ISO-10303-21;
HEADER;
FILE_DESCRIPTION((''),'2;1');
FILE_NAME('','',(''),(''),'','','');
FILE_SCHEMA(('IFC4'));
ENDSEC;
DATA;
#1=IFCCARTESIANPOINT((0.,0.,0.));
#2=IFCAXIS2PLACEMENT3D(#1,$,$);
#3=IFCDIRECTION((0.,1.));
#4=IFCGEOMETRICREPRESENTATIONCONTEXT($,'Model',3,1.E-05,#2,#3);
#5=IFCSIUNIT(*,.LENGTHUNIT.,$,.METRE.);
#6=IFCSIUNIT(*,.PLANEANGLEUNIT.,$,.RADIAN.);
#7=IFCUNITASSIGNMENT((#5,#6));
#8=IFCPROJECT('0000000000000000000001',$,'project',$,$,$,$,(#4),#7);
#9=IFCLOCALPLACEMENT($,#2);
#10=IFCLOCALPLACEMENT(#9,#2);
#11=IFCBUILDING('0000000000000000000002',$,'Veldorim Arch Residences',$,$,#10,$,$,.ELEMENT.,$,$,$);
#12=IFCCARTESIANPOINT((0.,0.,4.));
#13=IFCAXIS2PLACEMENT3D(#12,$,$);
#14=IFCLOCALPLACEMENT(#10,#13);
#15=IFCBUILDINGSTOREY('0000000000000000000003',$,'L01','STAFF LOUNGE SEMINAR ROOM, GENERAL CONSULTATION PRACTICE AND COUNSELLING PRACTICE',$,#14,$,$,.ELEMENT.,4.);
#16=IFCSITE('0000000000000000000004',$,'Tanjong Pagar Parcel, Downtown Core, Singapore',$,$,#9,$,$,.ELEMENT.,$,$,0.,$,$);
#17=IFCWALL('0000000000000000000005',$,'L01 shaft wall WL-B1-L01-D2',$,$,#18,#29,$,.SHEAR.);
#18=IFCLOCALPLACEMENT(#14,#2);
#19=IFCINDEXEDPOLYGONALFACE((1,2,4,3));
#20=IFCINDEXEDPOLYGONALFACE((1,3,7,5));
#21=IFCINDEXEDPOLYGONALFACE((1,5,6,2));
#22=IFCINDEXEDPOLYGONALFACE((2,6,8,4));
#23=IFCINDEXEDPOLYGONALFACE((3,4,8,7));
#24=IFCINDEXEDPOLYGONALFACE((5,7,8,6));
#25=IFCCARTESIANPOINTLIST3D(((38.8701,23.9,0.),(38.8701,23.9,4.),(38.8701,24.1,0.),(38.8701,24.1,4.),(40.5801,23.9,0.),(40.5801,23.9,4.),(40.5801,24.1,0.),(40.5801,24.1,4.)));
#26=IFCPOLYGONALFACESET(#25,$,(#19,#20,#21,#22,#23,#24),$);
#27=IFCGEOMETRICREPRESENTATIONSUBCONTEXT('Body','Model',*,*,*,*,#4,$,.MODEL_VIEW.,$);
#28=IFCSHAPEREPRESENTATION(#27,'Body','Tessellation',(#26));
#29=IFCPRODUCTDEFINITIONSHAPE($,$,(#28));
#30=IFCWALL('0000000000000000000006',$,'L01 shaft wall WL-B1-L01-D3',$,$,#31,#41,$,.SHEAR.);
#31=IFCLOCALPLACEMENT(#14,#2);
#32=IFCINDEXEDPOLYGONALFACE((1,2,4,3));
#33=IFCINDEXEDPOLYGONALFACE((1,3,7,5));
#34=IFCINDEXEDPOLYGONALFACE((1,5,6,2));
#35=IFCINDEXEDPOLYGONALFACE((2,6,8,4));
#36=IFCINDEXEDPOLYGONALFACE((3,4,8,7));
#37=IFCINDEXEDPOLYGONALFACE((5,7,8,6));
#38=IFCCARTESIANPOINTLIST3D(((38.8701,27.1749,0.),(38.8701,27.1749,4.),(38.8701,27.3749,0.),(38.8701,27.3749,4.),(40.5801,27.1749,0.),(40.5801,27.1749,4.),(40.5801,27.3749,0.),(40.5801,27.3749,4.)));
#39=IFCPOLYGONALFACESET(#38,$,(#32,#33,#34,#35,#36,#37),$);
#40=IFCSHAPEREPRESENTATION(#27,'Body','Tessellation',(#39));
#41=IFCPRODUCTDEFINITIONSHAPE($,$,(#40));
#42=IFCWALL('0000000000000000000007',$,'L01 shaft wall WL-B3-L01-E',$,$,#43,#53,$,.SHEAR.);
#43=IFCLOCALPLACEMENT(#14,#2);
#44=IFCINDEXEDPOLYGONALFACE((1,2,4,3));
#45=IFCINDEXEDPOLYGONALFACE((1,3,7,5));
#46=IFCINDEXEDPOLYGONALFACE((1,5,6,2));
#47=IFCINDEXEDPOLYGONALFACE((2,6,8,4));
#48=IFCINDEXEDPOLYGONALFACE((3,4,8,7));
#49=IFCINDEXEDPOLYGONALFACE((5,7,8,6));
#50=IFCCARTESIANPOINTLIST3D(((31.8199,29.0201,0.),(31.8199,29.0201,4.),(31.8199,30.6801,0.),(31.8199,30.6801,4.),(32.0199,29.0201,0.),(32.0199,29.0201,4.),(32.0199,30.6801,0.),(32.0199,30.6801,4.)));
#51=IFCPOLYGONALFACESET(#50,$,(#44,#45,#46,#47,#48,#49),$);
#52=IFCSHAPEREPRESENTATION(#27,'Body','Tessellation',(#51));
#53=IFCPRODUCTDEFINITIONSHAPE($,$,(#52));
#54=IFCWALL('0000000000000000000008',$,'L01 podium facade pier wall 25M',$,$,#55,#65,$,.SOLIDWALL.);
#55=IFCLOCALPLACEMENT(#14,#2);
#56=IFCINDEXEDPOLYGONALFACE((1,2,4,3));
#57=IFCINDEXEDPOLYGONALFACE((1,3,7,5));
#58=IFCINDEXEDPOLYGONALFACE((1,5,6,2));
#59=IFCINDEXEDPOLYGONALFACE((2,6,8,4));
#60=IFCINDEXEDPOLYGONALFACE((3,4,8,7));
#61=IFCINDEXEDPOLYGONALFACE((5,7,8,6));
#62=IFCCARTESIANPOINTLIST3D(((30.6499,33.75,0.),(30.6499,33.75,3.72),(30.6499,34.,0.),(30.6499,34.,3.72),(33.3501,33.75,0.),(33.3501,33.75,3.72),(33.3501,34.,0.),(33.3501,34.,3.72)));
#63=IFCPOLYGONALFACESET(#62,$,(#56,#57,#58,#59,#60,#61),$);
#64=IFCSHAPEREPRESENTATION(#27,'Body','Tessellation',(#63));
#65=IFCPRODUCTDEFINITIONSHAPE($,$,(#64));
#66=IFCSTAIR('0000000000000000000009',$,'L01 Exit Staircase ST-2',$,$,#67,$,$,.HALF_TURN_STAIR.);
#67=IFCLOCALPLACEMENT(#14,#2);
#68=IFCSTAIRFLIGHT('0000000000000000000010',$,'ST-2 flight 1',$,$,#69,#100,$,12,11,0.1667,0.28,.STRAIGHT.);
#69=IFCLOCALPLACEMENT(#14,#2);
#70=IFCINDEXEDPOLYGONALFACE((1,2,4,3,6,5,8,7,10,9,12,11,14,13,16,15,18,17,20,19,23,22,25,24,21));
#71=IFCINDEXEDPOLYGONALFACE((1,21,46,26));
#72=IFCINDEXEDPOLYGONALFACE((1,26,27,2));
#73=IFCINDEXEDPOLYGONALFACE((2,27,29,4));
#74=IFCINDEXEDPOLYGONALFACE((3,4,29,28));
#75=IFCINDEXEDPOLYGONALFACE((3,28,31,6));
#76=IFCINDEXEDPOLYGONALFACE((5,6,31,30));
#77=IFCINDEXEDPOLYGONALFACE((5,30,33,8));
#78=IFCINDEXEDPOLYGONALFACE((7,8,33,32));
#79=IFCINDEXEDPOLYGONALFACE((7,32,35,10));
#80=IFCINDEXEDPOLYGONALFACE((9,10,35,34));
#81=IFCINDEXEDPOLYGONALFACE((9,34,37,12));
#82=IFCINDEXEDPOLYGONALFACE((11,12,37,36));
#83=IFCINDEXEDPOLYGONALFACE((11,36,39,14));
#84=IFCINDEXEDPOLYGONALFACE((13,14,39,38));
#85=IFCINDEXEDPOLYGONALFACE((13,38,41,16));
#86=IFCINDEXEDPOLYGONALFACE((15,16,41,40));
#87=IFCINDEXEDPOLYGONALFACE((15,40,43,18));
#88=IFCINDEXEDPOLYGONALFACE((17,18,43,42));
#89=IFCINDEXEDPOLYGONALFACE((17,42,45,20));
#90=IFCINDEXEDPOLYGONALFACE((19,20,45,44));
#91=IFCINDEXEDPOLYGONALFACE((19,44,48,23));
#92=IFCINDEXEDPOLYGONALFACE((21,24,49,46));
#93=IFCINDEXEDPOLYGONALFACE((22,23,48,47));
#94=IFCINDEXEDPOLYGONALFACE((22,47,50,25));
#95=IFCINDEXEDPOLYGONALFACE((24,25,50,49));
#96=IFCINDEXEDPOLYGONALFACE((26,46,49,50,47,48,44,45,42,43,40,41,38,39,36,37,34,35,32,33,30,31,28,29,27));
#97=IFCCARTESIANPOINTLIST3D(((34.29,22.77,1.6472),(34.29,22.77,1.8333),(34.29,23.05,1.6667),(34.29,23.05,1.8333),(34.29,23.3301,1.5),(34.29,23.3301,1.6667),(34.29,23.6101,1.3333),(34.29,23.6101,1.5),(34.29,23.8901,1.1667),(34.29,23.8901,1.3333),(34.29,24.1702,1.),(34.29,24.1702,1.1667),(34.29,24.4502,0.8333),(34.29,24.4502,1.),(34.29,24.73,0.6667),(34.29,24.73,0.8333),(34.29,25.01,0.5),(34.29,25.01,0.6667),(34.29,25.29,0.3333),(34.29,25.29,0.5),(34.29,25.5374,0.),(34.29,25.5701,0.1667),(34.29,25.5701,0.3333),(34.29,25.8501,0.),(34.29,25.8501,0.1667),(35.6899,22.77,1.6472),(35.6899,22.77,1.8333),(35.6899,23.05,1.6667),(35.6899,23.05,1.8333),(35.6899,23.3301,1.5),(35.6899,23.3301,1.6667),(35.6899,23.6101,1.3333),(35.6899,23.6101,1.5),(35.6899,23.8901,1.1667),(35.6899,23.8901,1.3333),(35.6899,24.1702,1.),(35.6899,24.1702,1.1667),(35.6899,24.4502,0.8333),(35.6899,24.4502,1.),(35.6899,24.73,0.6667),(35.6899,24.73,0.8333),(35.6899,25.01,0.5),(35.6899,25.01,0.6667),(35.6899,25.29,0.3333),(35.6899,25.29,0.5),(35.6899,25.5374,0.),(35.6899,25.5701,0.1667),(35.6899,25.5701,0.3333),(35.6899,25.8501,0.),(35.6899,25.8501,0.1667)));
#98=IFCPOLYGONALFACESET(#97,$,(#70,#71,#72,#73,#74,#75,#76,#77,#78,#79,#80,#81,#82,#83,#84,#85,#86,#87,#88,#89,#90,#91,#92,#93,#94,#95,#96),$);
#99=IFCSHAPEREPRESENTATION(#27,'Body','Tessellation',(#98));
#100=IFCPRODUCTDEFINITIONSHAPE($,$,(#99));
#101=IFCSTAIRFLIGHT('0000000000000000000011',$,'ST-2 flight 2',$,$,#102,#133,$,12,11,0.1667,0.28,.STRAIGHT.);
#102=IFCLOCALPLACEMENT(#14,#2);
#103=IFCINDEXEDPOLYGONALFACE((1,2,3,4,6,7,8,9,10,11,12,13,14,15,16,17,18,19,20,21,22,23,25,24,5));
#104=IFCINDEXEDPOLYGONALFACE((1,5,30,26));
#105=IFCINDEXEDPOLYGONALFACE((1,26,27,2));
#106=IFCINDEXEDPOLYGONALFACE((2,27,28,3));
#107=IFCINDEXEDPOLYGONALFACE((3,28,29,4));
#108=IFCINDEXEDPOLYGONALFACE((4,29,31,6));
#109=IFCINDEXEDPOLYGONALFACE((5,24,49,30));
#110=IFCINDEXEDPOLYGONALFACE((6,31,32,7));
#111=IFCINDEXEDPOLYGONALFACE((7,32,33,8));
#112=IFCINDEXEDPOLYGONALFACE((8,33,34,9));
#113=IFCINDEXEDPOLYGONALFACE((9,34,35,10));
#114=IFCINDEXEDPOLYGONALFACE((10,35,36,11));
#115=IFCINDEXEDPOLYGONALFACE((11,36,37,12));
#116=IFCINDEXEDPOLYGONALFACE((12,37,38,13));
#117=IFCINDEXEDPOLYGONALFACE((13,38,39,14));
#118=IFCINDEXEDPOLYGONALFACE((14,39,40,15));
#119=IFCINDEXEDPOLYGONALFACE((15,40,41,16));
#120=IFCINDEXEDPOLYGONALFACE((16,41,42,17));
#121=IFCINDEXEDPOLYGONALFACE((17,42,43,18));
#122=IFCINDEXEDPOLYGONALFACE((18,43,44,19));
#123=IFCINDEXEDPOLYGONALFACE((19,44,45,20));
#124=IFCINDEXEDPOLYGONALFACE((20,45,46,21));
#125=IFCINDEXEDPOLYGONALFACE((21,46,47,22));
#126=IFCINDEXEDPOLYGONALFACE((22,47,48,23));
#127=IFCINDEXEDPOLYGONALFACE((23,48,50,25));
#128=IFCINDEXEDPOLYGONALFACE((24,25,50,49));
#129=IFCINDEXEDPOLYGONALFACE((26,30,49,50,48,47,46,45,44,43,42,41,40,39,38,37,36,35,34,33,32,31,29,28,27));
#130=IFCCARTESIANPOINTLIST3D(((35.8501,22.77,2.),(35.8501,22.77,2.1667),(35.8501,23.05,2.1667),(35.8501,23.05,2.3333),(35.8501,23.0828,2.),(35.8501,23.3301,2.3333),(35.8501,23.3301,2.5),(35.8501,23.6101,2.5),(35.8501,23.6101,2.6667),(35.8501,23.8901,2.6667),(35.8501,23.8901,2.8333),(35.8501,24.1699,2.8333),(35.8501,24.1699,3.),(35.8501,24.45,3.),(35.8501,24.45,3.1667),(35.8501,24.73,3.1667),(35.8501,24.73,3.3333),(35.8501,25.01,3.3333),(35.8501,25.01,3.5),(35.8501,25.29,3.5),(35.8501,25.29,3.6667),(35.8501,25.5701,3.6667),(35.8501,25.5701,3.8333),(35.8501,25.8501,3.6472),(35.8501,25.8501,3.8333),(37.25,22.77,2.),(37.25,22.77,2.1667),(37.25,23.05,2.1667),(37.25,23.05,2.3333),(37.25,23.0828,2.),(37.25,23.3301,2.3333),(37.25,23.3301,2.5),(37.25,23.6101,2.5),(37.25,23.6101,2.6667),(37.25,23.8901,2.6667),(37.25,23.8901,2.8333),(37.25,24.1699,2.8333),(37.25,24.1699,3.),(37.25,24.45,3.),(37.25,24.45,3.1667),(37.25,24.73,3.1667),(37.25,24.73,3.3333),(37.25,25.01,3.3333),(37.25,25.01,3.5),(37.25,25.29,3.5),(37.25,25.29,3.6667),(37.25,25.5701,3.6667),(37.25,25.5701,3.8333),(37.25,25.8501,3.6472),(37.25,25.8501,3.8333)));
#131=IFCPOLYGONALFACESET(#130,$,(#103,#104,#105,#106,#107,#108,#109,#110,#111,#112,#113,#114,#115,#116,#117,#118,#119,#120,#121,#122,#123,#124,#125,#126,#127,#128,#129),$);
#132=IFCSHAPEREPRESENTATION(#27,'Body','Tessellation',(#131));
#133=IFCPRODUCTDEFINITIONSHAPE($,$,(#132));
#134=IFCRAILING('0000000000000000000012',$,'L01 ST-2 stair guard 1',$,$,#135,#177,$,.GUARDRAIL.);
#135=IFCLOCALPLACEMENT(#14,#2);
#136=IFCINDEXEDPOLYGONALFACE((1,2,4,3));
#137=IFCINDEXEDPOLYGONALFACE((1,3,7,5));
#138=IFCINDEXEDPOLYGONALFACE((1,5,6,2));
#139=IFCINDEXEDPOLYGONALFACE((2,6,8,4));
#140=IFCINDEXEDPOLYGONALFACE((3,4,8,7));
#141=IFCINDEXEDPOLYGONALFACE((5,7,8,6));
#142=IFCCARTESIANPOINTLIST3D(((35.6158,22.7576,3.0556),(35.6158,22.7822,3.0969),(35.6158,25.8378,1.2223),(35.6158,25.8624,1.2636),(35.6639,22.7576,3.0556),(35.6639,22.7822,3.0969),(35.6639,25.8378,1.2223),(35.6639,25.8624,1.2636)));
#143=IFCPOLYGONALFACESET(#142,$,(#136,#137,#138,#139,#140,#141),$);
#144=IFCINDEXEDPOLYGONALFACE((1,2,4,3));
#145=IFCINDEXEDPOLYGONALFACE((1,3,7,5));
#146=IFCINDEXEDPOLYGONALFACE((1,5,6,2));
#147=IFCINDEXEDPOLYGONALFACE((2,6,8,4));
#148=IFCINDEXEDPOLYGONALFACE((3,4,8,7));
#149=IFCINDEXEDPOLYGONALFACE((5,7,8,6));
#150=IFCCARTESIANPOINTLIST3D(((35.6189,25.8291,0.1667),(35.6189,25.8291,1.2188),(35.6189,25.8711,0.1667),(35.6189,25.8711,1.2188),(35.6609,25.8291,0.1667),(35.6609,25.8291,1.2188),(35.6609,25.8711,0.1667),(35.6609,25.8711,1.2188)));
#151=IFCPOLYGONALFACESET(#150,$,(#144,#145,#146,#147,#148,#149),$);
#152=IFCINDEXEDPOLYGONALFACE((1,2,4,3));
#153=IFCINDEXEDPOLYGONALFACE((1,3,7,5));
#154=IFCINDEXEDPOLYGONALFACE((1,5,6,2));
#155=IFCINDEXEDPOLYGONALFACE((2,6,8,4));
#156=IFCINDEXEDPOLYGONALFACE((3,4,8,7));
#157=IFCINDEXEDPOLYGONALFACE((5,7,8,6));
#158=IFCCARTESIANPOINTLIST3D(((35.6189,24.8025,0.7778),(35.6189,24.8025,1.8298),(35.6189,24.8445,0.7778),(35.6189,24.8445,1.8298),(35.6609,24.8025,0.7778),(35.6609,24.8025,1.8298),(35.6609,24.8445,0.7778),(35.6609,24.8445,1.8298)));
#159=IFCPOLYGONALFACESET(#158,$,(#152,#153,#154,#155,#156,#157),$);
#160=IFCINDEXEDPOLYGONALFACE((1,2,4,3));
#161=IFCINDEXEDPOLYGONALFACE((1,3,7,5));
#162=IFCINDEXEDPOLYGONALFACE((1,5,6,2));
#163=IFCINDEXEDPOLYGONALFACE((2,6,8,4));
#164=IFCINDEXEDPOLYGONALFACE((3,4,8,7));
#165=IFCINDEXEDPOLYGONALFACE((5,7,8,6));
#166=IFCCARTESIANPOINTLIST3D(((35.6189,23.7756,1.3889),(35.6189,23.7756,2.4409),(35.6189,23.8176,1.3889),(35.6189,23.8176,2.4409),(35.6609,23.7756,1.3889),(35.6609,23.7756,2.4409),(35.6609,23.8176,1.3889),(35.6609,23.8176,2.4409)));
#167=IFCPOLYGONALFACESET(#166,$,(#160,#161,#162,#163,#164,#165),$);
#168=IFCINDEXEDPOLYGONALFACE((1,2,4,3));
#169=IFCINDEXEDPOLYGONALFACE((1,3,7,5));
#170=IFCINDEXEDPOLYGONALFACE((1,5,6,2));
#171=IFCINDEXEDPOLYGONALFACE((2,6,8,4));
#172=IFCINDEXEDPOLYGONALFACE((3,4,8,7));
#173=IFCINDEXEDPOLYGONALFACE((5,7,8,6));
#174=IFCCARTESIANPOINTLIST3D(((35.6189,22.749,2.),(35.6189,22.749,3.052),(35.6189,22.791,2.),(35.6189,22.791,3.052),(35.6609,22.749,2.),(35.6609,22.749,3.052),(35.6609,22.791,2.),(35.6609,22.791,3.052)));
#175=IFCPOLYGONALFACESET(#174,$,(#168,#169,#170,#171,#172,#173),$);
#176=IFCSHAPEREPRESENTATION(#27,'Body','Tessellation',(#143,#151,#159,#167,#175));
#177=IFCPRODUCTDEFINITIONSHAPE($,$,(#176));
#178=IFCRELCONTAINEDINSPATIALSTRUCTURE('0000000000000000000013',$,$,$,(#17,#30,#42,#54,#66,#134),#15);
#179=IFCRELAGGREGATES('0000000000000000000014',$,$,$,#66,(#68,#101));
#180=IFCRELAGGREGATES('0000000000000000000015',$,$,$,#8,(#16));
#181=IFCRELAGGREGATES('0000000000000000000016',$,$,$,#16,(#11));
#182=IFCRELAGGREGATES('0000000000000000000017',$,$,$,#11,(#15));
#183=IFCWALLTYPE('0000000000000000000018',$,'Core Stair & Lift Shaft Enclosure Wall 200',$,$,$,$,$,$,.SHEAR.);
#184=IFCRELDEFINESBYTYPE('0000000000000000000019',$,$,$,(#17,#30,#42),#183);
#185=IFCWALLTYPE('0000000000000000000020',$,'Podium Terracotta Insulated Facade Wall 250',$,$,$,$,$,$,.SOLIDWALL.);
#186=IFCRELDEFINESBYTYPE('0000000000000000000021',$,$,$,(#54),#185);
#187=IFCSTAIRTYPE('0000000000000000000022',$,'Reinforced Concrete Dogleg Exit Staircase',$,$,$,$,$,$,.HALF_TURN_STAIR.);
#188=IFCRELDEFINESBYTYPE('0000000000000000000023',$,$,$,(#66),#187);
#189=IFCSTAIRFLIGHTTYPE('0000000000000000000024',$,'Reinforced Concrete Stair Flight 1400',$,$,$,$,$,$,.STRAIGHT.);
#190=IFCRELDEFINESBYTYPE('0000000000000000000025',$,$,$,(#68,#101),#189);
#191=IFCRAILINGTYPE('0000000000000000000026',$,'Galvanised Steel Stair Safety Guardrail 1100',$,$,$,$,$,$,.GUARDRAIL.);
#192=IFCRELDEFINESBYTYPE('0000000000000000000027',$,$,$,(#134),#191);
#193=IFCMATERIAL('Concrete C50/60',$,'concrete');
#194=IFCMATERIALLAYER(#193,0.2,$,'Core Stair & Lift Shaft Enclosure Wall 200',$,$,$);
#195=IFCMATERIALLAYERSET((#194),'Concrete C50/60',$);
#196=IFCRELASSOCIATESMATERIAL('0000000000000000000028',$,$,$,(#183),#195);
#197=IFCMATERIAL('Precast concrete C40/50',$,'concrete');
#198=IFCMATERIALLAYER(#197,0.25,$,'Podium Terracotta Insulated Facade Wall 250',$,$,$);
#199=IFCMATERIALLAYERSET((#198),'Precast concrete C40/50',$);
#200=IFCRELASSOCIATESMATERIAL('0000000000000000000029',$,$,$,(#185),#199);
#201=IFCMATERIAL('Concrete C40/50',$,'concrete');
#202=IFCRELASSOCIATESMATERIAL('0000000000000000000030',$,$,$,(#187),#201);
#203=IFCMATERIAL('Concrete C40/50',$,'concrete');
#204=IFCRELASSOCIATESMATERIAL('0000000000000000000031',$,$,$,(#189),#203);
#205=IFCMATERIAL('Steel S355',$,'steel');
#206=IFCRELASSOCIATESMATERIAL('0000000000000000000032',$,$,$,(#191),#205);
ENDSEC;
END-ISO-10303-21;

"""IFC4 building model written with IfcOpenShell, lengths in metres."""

from ifc_helpers import new_model, si_unit, direction, frame, frame_2d, origin, origin_2d, place, context, subcontext, project, spatial, polyline, rectangle, outline, extrude, material, layer, layer_set, type_object, element, aggregate, save


model = new_model("IFC4")

# Units and contexts
model_context = context("Model", 3, precision=1e-05, world=origin(), true_north=direction((0.0, 1.0)))
body_context = subcontext(model_context, "Body", "Model", "MODEL_VIEW")
ifc_project = project(units=[si_unit("LENGTHUNIT", "METRE"), si_unit("PLANEANGLEUNIT", "RADIAN")], contexts=[model_context])

# Site, building, storey
site_placement = place(None, origin())
site = spatial("IfcSite", under=ifc_project, at=site_placement, Name="Tanjong Pagar Parcel, Downtown Core, Singapore", CompositionType="ELEMENT", RefElevation=0.0)
building_placement = place(site_placement, origin())
building = spatial("IfcBuilding", under=site, at=building_placement, Name="Veldorim Arch Residences", CompositionType="ELEMENT")
storey_placement = place(building_placement, frame((0.0, 0.0, 4.0)))
storey = spatial("IfcBuildingStorey", under=building, at=storey_placement, Name="L01", Description="STAFF LOUNGE SEMINAR ROOM, GENERAL CONSULTATION PRACTICE AND COUNSELLING PRACTICE", CompositionType="ELEMENT", Elevation=4.0)

# Shared definitions
ifc_material_1 = material(Name="Concrete C50/60", Category="concrete")
ifc_layer_1 = layer(ifc_material_1, 0.2, Name="Core Stair & Lift Shaft Enclosure Wall 200")
ifc_layer_set_1 = layer_set([ifc_layer_1], Name="Concrete C50/60")
wall_type_1 = type_object("IfcWallType", Name="Core Stair & Lift Shaft Enclosure Wall 200", PredefinedType="SHEAR", material=ifc_layer_set_1)

# Walls
for number, where, z_axis, x_axis, name in (
    (1, (38.8701, 24.0, 0.0), (0.0, 0.0, 1.0), (1.0, 0.0, 0.0), "L01 shaft wall WL-B1-L01-D2"),
    (2, (38.8701, 27.2749, 0.0), (0.0, 0.0, 1.0), (1.0, 0.0, 0.0), "L01 shaft wall WL-B1-L01-D3"),
):
    element("IfcWall", number, at=place(storey_placement, frame(where, z_axis=z_axis, x_axis=x_axis)), inside=storey, type_object=wall_type_1, Name=name, PredefinedType="SHEAR", context=body_context, shape_type="SweptSolid", body=[
        extrude(rectangle(XDim=1.71, YDim=0.2, at=frame_2d((0.855, 0.0))), origin(), (0.0, 0.0, 1.0), 4.0),
    ])
wall_1_placement = place(storey_placement, frame((31.9199, 29.02, 0.0), z_axis=(0.0, 0.0, 1.0), x_axis=(0.0, 1.0, 0.0)))
element("IfcWall", 3, at=wall_1_placement, inside=storey, type_object=wall_type_1, Name="L01 shaft wall WL-B3-L01-E", PredefinedType="SHEAR", context=body_context, shape_type="SweptSolid", body=[
    extrude(rectangle(XDim=1.6599, YDim=0.2, at=frame_2d((0.8301, 0.0))), origin(), (0.0, 0.0, 1.0), 4.0),
])
ifc_material_2 = material(Name="Precast concrete C40/50", Category="concrete")
ifc_layer_2 = layer(ifc_material_2, 0.25, Name="Podium Terracotta Insulated Facade Wall 250")
ifc_layer_set_2 = layer_set([ifc_layer_2], Name="Precast concrete C40/50")
wall_type_2 = type_object("IfcWallType", Name="Podium Terracotta Insulated Facade Wall 250", PredefinedType="SOLIDWALL", material=ifc_layer_set_2)
wall_2_placement = place(storey_placement, frame((30.6499, 33.875, 0.0), z_axis=(0.0, 0.0, 1.0), x_axis=(1.0, 0.0, 0.0)))
element("IfcWall", 4, at=wall_2_placement, inside=storey, type_object=wall_type_2, Name="L01 podium facade pier wall 25M", PredefinedType="SOLIDWALL", context=body_context, shape_type="SweptSolid", body=[
    extrude(rectangle(XDim=2.7002, YDim=0.25, at=frame_2d((1.3501, 0.0))), origin(), (0.0, 0.0, 1.0), 3.72),
])

# Stair, stair flights
ifc_material_3 = material(Name="Concrete C40/50", Category="concrete")
stair_type = type_object("IfcStairType", Name="Reinforced Concrete Dogleg Exit Staircase", PredefinedType="HALF_TURN_STAIR", material=ifc_material_3)
stair_placement = place(storey_placement, origin())
stair = element("IfcStair", 5, at=stair_placement, inside=storey, type_object=stair_type, Name="L01 Exit Staircase ST-2", PredefinedType="HALF_TURN_STAIR")
ifc_material_4 = material(Name="Concrete C40/50", Category="concrete")
stair_flight_type = type_object("IfcStairFlightType", Name="Reinforced Concrete Stair Flight 1400", PredefinedType="STRAIGHT", material=ifc_material_4)
stair_flight_1_placement = place(storey_placement, frame((34.99, 25.8501, 0.0), z_axis=(0.0, 0.0, 1.0), x_axis=(0.0, -1.0, 0.0)))
stair_flight_1 = element("IfcStairFlight", 6, at=stair_flight_1_placement, type_object=stair_flight_type, Name="ST-2 flight 1", NumberOfRisers=12, NumberOfTreads=11, PredefinedType="STRAIGHT", RiserHeight=0.1667, TreadLength=0.28, context=body_context, shape_type="SweptSolid", body=[
    extrude(outline(polyline([(0.0, 0.0), (0.0, 0.1667), (0.28, 0.1667), (0.28, 0.3333), (0.5601, 0.3333), (0.5601, 0.5), (0.8401, 0.5), (0.8401, 0.6667), (1.1201, 0.6667), (1.1201, 0.8333), (1.3999, 0.8333), (1.3999, 1.0), (1.6799, 1.0), (1.6799, 1.1667), (1.96, 1.1667), (1.96, 1.3333), (2.24, 1.3333), (2.24, 1.5), (2.52, 1.5), (2.52, 1.6667), (2.8, 1.6667), (2.8, 1.8333), (3.0801, 1.8333), (3.0801, 2.0), (3.0801, 1.6472), (0.3127, 0.0), (0.0, 0.0)])), frame((0.0, 0.7, 0.0), z_axis=(0.0, -1.0, 0.0), x_axis=(1.0, 0.0, 0.0)), (0.0, 0.0, 1.0), 1.3999),
])
stair_flight_2_placement = place(storey_placement, frame((36.55, 22.77, 2.0), z_axis=(0.0, 0.0, 1.0), x_axis=(0.0, 1.0, 0.0)))
stair_flight_2 = element("IfcStairFlight", 7, at=stair_flight_2_placement, type_object=stair_flight_type, Name="ST-2 flight 2", NumberOfRisers=12, NumberOfTreads=11, PredefinedType="STRAIGHT", RiserHeight=0.1667, TreadLength=0.28, context=body_context, shape_type="SweptSolid", body=[
    extrude(outline(polyline([(0.0, 0.0), (0.0, 0.1667), (0.28, 0.1667), (0.28, 0.3333), (0.5601, 0.3333), (0.5601, 0.5), (0.8401, 0.5), (0.8401, 0.6667), (1.1201, 0.6667), (1.1201, 0.8333), (1.3999, 0.8333), (1.3999, 1.0), (1.6799, 1.0), (1.6799, 1.1667), (1.96, 1.1667), (1.96, 1.3333), (2.24, 1.3333), (2.24, 1.5), (2.52, 1.5), (2.52, 1.6667), (2.8, 1.6667), (2.8, 1.8333), (3.0801, 1.8333), (3.0801, 2.0), (3.0801, 1.6472), (0.3127, 0.0), (0.0, 0.0)])), frame((0.0, 0.7, 0.0), z_axis=(0.0, -1.0, 0.0), x_axis=(1.0, 0.0, 0.0)), (0.0, 0.0, 1.0), 1.3999),
])
aggregate(stair, [stair_flight_1, stair_flight_2])

# Railing
ifc_material_5 = material(Name="Steel S355", Category="steel")
railing_type_1 = type_object("IfcRailingType", Name="Galvanised Steel Stair Safety Guardrail 1100", PredefinedType="GUARDRAIL", material=ifc_material_5)
railing_1_placement = place(storey_placement, frame((35.6399, 25.8501, 0.1667)))
element("IfcRailing", 8, at=railing_1_placement, inside=storey, type_object=railing_type_1, Name="L01 ST-2 stair guard 1", PredefinedType="GUARDRAIL", context=body_context, shape_type="SweptSolid", body=[
    extrude(rectangle(XDim=0.0481, YDim=0.0481, at=origin_2d()), frame((0.0, 0.0, 1.0762), z_axis=(0.0, -0.859309, 0.511458), x_axis=(1.0, 0.0, 0.0)), (0.0, 0.0, 1.0), 3.5845),
    extrude(rectangle(XDim=0.042, YDim=0.042, at=origin_2d()), origin(), (0.0, 0.0, 1.0), 1.052),
    extrude(rectangle(XDim=0.042, YDim=0.042, at=origin_2d()), frame((0.0, -1.0266, 0.6111)), (0.0, 0.0, 1.0), 1.052),
    extrude(rectangle(XDim=0.042, YDim=0.042, at=origin_2d()), frame((0.0, -2.0535, 1.2222)), (0.0, 0.0, 1.0), 1.052),
    extrude(rectangle(XDim=0.042, YDim=0.042, at=origin_2d()), frame((0.0, -3.0801, 1.8333)), (0.0, 0.0, 1.0), 1.052),
])

save(model, "model.ifc")
